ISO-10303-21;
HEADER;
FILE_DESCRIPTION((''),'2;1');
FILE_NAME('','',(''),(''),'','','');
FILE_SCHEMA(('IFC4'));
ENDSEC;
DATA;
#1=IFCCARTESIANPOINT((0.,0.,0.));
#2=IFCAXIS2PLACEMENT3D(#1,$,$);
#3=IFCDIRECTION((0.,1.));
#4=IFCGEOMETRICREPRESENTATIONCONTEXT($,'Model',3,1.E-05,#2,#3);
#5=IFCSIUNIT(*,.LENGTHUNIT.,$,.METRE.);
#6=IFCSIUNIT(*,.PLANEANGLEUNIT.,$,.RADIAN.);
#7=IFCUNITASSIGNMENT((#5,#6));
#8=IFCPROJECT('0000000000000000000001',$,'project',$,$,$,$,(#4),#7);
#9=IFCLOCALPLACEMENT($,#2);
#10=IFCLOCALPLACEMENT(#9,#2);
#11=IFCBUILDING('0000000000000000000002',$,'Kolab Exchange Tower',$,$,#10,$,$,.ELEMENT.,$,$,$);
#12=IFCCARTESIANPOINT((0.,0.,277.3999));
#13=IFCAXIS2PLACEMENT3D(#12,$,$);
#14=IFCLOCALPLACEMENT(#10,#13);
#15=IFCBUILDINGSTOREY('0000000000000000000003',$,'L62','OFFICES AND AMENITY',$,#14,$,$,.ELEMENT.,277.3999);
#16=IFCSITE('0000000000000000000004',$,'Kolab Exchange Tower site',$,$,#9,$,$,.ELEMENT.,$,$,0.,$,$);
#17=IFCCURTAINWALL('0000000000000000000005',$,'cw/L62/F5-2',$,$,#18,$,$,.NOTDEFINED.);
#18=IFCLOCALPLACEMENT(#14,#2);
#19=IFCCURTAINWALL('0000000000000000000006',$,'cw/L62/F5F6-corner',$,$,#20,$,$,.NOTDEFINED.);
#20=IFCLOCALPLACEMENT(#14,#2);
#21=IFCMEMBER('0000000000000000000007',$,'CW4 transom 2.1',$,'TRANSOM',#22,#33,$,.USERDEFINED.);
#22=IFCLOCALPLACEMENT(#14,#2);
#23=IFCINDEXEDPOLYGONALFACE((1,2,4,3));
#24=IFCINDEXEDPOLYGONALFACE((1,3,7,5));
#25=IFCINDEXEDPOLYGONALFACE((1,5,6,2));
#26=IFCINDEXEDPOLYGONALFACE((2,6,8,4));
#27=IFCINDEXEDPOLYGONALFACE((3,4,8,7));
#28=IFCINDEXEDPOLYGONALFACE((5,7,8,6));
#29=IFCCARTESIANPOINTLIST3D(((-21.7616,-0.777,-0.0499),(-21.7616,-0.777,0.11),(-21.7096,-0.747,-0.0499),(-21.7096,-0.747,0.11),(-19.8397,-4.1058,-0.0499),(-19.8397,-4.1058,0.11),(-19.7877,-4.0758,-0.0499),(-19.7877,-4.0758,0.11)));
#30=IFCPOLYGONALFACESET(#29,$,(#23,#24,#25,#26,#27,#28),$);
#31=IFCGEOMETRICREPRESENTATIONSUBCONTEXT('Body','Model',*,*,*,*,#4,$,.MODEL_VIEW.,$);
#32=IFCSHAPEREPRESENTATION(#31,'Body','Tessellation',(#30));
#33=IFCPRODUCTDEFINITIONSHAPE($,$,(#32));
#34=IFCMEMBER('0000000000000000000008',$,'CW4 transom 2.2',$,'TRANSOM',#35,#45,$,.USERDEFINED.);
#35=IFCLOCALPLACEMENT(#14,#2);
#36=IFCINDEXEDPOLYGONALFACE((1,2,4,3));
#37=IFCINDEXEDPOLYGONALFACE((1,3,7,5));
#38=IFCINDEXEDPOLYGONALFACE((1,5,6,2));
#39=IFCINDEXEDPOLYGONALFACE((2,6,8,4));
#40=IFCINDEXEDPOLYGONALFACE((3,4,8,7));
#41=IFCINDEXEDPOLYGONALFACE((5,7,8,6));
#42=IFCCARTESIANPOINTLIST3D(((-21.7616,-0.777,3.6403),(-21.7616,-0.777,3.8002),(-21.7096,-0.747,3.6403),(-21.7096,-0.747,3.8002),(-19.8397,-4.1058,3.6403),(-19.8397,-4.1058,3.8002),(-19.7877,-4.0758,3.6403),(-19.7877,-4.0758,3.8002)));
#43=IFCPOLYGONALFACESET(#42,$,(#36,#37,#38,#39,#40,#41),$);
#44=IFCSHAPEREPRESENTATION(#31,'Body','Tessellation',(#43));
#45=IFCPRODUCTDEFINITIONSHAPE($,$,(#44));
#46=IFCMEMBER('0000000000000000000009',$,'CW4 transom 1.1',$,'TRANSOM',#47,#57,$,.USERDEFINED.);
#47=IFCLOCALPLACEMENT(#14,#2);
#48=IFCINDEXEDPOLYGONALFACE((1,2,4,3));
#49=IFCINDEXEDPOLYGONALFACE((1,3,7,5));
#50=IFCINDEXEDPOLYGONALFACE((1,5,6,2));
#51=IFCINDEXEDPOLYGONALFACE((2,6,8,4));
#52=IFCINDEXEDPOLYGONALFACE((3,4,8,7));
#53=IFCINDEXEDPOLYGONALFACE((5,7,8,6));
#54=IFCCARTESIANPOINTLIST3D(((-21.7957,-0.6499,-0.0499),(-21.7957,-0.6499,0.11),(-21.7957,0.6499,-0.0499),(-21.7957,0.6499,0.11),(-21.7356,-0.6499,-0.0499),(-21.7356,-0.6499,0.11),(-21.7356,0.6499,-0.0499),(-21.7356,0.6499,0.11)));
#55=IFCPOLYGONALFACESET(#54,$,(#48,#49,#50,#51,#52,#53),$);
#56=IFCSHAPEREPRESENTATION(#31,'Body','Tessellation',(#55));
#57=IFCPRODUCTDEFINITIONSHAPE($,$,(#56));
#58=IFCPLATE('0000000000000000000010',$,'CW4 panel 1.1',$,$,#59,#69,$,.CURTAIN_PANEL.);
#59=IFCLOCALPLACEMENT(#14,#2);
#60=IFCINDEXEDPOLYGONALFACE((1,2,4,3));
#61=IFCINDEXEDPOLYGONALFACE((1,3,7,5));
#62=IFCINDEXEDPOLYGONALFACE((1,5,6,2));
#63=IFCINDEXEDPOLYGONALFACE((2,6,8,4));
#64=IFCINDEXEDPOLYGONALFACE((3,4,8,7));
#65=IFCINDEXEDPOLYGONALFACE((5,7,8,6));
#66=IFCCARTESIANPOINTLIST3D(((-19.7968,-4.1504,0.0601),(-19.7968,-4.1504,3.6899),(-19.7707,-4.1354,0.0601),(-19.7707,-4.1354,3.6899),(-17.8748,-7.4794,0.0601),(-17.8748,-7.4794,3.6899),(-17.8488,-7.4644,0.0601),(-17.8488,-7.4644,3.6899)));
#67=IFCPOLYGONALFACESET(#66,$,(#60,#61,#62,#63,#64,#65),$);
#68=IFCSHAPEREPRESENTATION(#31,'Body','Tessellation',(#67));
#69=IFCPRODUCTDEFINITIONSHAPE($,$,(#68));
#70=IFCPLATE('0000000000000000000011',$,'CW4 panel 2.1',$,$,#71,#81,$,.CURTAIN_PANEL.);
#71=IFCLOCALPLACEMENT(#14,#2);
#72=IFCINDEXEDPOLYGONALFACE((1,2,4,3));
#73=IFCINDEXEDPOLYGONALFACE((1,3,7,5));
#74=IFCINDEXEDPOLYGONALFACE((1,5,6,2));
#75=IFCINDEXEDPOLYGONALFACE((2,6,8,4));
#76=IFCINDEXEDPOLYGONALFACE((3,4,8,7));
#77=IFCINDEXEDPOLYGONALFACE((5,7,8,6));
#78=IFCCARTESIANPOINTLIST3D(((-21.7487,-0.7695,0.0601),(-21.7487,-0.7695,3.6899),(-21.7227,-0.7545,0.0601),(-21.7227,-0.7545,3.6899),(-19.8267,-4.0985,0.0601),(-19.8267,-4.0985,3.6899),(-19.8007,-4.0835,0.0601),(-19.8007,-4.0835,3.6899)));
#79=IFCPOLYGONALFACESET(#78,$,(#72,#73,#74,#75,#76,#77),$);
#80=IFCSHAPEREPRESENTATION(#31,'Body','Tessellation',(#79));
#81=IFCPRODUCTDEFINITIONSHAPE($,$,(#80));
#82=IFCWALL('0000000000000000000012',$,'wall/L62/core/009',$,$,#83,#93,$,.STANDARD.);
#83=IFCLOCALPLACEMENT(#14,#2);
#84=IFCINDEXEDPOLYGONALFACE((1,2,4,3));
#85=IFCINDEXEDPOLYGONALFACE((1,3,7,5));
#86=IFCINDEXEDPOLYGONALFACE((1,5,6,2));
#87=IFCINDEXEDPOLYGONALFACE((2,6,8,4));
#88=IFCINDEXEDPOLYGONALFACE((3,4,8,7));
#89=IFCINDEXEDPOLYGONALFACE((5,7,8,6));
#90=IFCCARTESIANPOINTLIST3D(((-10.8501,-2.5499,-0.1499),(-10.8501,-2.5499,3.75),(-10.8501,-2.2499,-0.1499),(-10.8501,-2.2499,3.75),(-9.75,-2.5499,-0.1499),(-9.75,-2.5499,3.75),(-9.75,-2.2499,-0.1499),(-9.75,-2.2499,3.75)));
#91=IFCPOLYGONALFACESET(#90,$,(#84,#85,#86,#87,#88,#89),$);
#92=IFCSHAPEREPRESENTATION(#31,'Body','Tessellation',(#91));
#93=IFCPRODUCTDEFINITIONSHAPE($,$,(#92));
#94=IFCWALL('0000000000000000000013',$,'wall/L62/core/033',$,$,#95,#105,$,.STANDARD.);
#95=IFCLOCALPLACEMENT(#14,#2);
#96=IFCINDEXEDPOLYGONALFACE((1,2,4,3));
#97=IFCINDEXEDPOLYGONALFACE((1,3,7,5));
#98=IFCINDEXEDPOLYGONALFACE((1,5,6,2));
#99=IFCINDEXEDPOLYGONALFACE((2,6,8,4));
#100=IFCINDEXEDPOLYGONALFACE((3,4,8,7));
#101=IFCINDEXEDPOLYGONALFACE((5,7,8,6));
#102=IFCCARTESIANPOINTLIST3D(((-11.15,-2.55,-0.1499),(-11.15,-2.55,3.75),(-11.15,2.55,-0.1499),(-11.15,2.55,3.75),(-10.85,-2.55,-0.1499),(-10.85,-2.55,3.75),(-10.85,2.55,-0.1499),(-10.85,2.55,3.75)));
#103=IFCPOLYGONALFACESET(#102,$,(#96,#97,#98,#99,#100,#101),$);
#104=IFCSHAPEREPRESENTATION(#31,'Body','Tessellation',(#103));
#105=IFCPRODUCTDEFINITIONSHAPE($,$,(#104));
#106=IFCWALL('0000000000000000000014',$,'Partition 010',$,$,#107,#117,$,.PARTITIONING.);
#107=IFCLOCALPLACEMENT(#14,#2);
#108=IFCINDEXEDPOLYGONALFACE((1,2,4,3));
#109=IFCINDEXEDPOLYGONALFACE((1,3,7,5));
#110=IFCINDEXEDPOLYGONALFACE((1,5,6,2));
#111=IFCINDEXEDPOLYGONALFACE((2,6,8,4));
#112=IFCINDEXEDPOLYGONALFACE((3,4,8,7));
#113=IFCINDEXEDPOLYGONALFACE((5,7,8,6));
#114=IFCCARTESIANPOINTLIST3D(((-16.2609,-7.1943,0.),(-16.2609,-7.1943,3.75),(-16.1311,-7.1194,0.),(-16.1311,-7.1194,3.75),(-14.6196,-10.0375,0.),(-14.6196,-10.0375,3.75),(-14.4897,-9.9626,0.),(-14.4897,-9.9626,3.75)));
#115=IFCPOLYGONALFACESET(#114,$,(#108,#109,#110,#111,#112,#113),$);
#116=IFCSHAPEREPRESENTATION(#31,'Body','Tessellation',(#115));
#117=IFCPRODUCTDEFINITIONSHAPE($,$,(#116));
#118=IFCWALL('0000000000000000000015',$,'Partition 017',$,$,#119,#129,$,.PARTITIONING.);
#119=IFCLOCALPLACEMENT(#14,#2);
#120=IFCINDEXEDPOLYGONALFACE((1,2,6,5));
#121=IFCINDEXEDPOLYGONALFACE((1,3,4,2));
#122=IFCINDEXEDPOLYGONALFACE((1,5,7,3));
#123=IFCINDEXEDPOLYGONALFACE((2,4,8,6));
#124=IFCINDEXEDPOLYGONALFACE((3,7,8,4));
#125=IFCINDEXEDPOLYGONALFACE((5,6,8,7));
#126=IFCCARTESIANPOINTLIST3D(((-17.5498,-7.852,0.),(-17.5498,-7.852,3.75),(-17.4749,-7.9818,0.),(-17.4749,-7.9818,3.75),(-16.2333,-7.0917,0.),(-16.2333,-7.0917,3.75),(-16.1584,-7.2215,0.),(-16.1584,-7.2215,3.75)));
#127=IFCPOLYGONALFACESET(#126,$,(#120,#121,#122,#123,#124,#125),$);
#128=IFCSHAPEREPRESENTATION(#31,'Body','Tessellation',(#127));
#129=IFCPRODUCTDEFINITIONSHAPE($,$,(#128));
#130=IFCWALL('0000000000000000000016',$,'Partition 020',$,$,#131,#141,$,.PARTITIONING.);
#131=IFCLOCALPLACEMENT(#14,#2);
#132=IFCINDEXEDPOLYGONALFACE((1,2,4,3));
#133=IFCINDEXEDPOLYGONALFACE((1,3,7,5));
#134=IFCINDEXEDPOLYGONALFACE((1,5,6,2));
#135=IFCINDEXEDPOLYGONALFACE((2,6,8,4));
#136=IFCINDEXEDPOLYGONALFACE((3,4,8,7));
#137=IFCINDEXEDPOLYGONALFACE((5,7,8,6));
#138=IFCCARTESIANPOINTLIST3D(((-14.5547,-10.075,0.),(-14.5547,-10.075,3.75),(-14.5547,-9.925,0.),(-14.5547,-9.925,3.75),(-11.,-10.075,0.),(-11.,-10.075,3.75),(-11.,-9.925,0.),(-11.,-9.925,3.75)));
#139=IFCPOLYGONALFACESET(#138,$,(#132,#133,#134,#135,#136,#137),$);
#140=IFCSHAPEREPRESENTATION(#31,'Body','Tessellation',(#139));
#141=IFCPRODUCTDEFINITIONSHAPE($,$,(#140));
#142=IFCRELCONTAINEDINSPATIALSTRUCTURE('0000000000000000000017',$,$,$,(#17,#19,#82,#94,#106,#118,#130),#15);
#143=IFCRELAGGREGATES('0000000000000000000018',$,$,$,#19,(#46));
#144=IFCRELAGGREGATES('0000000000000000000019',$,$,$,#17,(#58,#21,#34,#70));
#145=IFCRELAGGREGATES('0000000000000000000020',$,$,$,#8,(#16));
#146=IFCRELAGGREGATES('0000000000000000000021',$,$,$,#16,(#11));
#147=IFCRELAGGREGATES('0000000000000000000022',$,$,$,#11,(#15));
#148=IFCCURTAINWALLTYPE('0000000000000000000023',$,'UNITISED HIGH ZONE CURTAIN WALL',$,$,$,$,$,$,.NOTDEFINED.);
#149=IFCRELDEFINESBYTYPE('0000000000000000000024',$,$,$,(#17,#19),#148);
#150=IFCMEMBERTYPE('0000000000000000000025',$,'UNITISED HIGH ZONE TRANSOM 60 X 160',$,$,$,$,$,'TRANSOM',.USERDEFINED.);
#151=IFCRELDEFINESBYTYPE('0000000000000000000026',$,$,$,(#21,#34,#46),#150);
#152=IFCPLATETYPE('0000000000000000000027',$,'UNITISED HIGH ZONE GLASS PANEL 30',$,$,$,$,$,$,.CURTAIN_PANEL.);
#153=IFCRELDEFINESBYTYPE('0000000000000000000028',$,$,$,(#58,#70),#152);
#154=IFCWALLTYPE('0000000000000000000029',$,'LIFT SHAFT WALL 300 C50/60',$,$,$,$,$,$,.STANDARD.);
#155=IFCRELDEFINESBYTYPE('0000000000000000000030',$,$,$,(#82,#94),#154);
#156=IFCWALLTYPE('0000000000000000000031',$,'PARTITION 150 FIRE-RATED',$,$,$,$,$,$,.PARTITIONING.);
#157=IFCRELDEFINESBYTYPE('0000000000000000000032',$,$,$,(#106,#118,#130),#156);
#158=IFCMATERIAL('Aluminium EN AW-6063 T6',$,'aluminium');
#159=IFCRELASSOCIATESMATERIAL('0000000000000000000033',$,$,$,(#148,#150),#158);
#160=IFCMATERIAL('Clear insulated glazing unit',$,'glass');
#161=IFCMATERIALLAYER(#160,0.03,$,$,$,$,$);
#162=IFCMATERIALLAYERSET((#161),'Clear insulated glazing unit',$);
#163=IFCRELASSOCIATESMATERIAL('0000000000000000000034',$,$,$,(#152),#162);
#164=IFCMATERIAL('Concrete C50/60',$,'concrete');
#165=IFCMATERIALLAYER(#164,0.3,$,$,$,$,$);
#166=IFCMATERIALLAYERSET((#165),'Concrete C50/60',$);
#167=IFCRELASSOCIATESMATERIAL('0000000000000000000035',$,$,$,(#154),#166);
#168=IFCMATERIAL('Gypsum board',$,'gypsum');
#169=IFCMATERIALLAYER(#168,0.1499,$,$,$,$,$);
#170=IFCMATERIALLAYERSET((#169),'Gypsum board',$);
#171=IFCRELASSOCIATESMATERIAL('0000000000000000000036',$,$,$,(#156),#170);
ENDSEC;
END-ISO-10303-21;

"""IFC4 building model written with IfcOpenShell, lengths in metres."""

from ifc_helpers import new_model, si_unit, direction, frame, frame_2d, origin, origin_2d, place, context, subcontext, project, spatial, rectangle, extrude, material, layer, layer_set, material_profile, profile_set, type_object, element, aggregate, save


model = new_model("IFC4")

# Units and contexts
model_context = context("Model", 3, precision=1e-05, world=origin(), true_north=direction((0.0, 1.0)))
body_context = subcontext(model_context, "Body", "Model", "MODEL_VIEW")
ifc_project = project(units=[si_unit("LENGTHUNIT", "METRE"), si_unit("PLANEANGLEUNIT", "RADIAN")], contexts=[model_context])

# Site, building, storey
site_placement = place(None, origin())
site = spatial("IfcSite", under=ifc_project, at=site_placement, Name="Kolab Exchange Tower site", CompositionType="ELEMENT", RefElevation=0.0)
building_placement = place(site_placement, origin())
building = spatial("IfcBuilding", under=site, at=building_placement, Name="Kolab Exchange Tower", CompositionType="ELEMENT")
storey_placement = place(building_placement, frame((0.0, 0.0, 277.3999)))
storey = spatial("IfcBuildingStorey", under=building, at=storey_placement, Name="L62", Description="OFFICES AND AMENITY", CompositionType="ELEMENT", Elevation=277.3999)

# Shared definitions
ifc_material_1 = material(Name="Concrete C50/60", Category="concrete")

# Curtain wall
ifc_material_2 = material(Name="Aluminium EN AW-6063 T6", Category="aluminium")
curtain_wall_type = type_object("IfcCurtainWallType", Name="UNITISED HIGH ZONE CURTAIN WALL", PredefinedType="NOTDEFINED", material=ifc_material_2)
curtain_wall_1_placement = place(storey_placement, origin())
curtain_wall_1 = element("IfcCurtainWall", 1, at=curtain_wall_1_placement, inside=storey, type_object=curtain_wall_type, Name="cw/L62/F5-2", PredefinedType="NOTDEFINED")

# Curtain wall
curtain_wall_2_placement = place(storey_placement, origin())
curtain_wall_2 = element("IfcCurtainWall", 2, at=curtain_wall_2_placement, inside=storey, type_object=curtain_wall_type, Name="cw/L62/F5F6-corner", PredefinedType="NOTDEFINED")

# Members
ifc_material_profile_1 = material_profile(ifc_material_2, rectangle(XDim=0.0601, YDim=0.1599, at=origin_2d()), Name="RECT 60X160")
ifc_profile_set_1 = profile_set([ifc_material_profile_1], Name="Aluminium EN AW-6063 T6")
member_type_1 = type_object("IfcMemberType", Name="UNITISED HIGH ZONE TRANSOM 60 X 160", ElementType="TRANSOM", PredefinedType="USERDEFINED", material=ifc_profile_set_1)
member_1_placement = place(storey_placement, frame((-19.8137, -4.0908, 0.03), z_axis=(-0.499992, 0.86603, 0.0), x_axis=(-0.86603, -0.499992, 0.0)))
member_1 = element("IfcMember", 3, at=member_1_placement, type_object=member_type_1, Name="CW4 transom 2.1", ObjectType="TRANSOM", PredefinedType="USERDEFINED", context=body_context, shape_type="SweptSolid", body=[
    extrude(rectangle(XDim=0.0601, YDim=0.1599, at=origin_2d()), origin(), (0.0, 0.0, 1.0), 3.8438),
])
member_2_placement = place(storey_placement, frame((-19.8137, -4.0908, 3.7202), z_axis=(-0.499992, 0.86603, 0.0), x_axis=(-0.86603, -0.499992, 0.0)))
member_2 = element("IfcMember", 4, at=member_2_placement, type_object=member_type_1, Name="CW4 transom 2.2", ObjectType="TRANSOM", PredefinedType="USERDEFINED", context=body_context, shape_type="SweptSolid", body=[
    extrude(rectangle(XDim=0.0601, YDim=0.1599, at=origin_2d()), origin(), (0.0, 0.0, 1.0), 3.8438),
])
member_3_placement = place(storey_placement, frame((-21.7656, -0.6499, 0.03), z_axis=(0.0, 1.0, 0.0), x_axis=(-1.0, 0.0, 0.0)))
member_3 = element("IfcMember", 5, at=member_3_placement, type_object=member_type_1, Name="CW4 transom 1.1", ObjectType="TRANSOM", PredefinedType="USERDEFINED", context=body_context, shape_type="SweptSolid", body=[
    extrude(rectangle(XDim=0.0601, YDim=0.1599, at=origin_2d()), origin(), (0.0, 0.0, 1.0), 1.2998),
])
aggregate(curtain_wall_2, [member_3])

# Plates
ifc_material_3 = material(Name="Clear insulated glazing unit", Category="glass")
ifc_layer_1 = layer(ifc_material_3, 0.03)
ifc_layer_set_1 = layer_set([ifc_layer_1], Name="Clear insulated glazing unit")
plate_type = type_object("IfcPlateType", Name="UNITISED HIGH ZONE GLASS PANEL 30", PredefinedType="CURTAIN_PANEL", material=ifc_layer_set_1)
plate_1_placement = place(storey_placement, frame((-18.8228, -5.8074, 0.0601), z_axis=(0.0, 0.0, 1.0), x_axis=(-0.5, 0.866025, 0.0)))
plate_1 = element("IfcPlate", 6, at=plate_1_placement, type_object=plate_type, Name="CW4 panel 1.1", PredefinedType="CURTAIN_PANEL", context=body_context, shape_type="SweptSolid", body=[
    extrude(rectangle(XDim=3.844, YDim=0.03, at=origin_2d()), origin(), (0.0, 0.0, 1.0), 3.6299),
])
plate_2_placement = place(storey_placement, frame((-20.7747, -2.4265, 0.0601), z_axis=(0.0, 0.0, 1.0), x_axis=(-0.5, 0.866025, 0.0)))
plate_2 = element("IfcPlate", 7, at=plate_2_placement, type_object=plate_type, Name="CW4 panel 2.1", PredefinedType="CURTAIN_PANEL", context=body_context, shape_type="SweptSolid", body=[
    extrude(rectangle(XDim=3.844, YDim=0.03, at=origin_2d()), origin(), (0.0, 0.0, 1.0), 3.6299),
])
aggregate(curtain_wall_1, [plate_1, member_1, member_2, plate_2])

# Walls
ifc_layer_2 = layer(ifc_material_1, 0.3)
ifc_layer_set_2 = layer_set([ifc_layer_2], Name="Concrete C50/60")
wall_type_1 = type_object("IfcWallType", Name="LIFT SHAFT WALL 300 C50/60", PredefinedType="STANDARD", material=ifc_layer_set_2)
wall_1_placement = place(storey_placement, frame((-10.8501, -2.3999, -0.1499), z_axis=(0.0, 0.0, 1.0), x_axis=(1.0, 0.0, 0.0)))
element("IfcWall", 8, at=wall_1_placement, inside=storey, type_object=wall_type_1, Name="wall/L62/core/009", PredefinedType="STANDARD", context=body_context, shape_type="SweptSolid", body=[
    extrude(rectangle(XDim=1.1001, YDim=0.3, at=frame_2d((0.55, 0.0))), origin(), (0.0, 0.0, 1.0), 3.8999),
])
wall_2_placement = place(storey_placement, frame((-11.0, -2.55, -0.1499), z_axis=(0.0, 0.0, 1.0), x_axis=(0.0, 1.0, 0.0)))
element("IfcWall", 9, at=wall_2_placement, inside=storey, type_object=wall_type_1, Name="wall/L62/core/033", PredefinedType="STANDARD", context=body_context, shape_type="SweptSolid", body=[
    extrude(rectangle(XDim=5.1001, YDim=0.3, at=frame_2d((2.55, 0.0))), origin(), (0.0, 0.0, 1.0), 3.8999),
])
ifc_material_4 = material(Name="Gypsum board", Category="gypsum")
ifc_layer_3 = layer(ifc_material_4, 0.1499)
ifc_layer_set_3 = layer_set([ifc_layer_3], Name="Gypsum board")
wall_type_2 = type_object("IfcWallType", Name="PARTITION 150 FIRE-RATED", PredefinedType="PARTITIONING", material=ifc_layer_set_3)
wall_3_placement = place(storey_placement, frame((-16.196, -7.1567, 0.0), z_axis=(0.0, 0.0, 1.0), x_axis=(0.499954, -0.866052, 0.0)))
element("IfcWall", 10, at=wall_3_placement, inside=storey, type_object=wall_type_2, Name="Partition 010", PredefinedType="PARTITIONING", context=body_context, shape_type="SweptSolid", body=[
    extrude(rectangle(XDim=3.283, YDim=0.1499, at=frame_2d((1.6416, 0.0))), origin(), (0.0, 0.0, 1.0), 3.75),
])
wall_4_placement = place(storey_placement, frame((-17.5125, -7.917, 0.0), z_axis=(0.0, 0.0, 1.0), x_axis=(0.865961, 0.500112, 0.0)))
element("IfcWall", 11, at=wall_4_placement, inside=storey, type_object=wall_type_2, Name="Partition 017", PredefinedType="PARTITIONING", context=body_context, shape_type="SweptSolid", body=[
    extrude(rectangle(XDim=1.5203, YDim=0.1499, at=frame_2d((0.7603, 0.0))), origin(), (0.0, 0.0, 1.0), 3.75),
])
wall_5_placement = place(storey_placement, frame((-14.5547, -10.0, 0.0), z_axis=(0.0, 0.0, 1.0), x_axis=(1.0, 0.0, 0.0)))
element("IfcWall", 12, at=wall_5_placement, inside=storey, type_object=wall_type_2, Name="Partition 020", PredefinedType="PARTITIONING", context=body_context, shape_type="SweptSolid", body=[
    extrude(rectangle(XDim=3.5547, YDim=0.1499, at=frame_2d((1.7773, 0.0))), origin(), (0.0, 0.0, 1.0), 3.75),
])

save(model, "model.ifc")
